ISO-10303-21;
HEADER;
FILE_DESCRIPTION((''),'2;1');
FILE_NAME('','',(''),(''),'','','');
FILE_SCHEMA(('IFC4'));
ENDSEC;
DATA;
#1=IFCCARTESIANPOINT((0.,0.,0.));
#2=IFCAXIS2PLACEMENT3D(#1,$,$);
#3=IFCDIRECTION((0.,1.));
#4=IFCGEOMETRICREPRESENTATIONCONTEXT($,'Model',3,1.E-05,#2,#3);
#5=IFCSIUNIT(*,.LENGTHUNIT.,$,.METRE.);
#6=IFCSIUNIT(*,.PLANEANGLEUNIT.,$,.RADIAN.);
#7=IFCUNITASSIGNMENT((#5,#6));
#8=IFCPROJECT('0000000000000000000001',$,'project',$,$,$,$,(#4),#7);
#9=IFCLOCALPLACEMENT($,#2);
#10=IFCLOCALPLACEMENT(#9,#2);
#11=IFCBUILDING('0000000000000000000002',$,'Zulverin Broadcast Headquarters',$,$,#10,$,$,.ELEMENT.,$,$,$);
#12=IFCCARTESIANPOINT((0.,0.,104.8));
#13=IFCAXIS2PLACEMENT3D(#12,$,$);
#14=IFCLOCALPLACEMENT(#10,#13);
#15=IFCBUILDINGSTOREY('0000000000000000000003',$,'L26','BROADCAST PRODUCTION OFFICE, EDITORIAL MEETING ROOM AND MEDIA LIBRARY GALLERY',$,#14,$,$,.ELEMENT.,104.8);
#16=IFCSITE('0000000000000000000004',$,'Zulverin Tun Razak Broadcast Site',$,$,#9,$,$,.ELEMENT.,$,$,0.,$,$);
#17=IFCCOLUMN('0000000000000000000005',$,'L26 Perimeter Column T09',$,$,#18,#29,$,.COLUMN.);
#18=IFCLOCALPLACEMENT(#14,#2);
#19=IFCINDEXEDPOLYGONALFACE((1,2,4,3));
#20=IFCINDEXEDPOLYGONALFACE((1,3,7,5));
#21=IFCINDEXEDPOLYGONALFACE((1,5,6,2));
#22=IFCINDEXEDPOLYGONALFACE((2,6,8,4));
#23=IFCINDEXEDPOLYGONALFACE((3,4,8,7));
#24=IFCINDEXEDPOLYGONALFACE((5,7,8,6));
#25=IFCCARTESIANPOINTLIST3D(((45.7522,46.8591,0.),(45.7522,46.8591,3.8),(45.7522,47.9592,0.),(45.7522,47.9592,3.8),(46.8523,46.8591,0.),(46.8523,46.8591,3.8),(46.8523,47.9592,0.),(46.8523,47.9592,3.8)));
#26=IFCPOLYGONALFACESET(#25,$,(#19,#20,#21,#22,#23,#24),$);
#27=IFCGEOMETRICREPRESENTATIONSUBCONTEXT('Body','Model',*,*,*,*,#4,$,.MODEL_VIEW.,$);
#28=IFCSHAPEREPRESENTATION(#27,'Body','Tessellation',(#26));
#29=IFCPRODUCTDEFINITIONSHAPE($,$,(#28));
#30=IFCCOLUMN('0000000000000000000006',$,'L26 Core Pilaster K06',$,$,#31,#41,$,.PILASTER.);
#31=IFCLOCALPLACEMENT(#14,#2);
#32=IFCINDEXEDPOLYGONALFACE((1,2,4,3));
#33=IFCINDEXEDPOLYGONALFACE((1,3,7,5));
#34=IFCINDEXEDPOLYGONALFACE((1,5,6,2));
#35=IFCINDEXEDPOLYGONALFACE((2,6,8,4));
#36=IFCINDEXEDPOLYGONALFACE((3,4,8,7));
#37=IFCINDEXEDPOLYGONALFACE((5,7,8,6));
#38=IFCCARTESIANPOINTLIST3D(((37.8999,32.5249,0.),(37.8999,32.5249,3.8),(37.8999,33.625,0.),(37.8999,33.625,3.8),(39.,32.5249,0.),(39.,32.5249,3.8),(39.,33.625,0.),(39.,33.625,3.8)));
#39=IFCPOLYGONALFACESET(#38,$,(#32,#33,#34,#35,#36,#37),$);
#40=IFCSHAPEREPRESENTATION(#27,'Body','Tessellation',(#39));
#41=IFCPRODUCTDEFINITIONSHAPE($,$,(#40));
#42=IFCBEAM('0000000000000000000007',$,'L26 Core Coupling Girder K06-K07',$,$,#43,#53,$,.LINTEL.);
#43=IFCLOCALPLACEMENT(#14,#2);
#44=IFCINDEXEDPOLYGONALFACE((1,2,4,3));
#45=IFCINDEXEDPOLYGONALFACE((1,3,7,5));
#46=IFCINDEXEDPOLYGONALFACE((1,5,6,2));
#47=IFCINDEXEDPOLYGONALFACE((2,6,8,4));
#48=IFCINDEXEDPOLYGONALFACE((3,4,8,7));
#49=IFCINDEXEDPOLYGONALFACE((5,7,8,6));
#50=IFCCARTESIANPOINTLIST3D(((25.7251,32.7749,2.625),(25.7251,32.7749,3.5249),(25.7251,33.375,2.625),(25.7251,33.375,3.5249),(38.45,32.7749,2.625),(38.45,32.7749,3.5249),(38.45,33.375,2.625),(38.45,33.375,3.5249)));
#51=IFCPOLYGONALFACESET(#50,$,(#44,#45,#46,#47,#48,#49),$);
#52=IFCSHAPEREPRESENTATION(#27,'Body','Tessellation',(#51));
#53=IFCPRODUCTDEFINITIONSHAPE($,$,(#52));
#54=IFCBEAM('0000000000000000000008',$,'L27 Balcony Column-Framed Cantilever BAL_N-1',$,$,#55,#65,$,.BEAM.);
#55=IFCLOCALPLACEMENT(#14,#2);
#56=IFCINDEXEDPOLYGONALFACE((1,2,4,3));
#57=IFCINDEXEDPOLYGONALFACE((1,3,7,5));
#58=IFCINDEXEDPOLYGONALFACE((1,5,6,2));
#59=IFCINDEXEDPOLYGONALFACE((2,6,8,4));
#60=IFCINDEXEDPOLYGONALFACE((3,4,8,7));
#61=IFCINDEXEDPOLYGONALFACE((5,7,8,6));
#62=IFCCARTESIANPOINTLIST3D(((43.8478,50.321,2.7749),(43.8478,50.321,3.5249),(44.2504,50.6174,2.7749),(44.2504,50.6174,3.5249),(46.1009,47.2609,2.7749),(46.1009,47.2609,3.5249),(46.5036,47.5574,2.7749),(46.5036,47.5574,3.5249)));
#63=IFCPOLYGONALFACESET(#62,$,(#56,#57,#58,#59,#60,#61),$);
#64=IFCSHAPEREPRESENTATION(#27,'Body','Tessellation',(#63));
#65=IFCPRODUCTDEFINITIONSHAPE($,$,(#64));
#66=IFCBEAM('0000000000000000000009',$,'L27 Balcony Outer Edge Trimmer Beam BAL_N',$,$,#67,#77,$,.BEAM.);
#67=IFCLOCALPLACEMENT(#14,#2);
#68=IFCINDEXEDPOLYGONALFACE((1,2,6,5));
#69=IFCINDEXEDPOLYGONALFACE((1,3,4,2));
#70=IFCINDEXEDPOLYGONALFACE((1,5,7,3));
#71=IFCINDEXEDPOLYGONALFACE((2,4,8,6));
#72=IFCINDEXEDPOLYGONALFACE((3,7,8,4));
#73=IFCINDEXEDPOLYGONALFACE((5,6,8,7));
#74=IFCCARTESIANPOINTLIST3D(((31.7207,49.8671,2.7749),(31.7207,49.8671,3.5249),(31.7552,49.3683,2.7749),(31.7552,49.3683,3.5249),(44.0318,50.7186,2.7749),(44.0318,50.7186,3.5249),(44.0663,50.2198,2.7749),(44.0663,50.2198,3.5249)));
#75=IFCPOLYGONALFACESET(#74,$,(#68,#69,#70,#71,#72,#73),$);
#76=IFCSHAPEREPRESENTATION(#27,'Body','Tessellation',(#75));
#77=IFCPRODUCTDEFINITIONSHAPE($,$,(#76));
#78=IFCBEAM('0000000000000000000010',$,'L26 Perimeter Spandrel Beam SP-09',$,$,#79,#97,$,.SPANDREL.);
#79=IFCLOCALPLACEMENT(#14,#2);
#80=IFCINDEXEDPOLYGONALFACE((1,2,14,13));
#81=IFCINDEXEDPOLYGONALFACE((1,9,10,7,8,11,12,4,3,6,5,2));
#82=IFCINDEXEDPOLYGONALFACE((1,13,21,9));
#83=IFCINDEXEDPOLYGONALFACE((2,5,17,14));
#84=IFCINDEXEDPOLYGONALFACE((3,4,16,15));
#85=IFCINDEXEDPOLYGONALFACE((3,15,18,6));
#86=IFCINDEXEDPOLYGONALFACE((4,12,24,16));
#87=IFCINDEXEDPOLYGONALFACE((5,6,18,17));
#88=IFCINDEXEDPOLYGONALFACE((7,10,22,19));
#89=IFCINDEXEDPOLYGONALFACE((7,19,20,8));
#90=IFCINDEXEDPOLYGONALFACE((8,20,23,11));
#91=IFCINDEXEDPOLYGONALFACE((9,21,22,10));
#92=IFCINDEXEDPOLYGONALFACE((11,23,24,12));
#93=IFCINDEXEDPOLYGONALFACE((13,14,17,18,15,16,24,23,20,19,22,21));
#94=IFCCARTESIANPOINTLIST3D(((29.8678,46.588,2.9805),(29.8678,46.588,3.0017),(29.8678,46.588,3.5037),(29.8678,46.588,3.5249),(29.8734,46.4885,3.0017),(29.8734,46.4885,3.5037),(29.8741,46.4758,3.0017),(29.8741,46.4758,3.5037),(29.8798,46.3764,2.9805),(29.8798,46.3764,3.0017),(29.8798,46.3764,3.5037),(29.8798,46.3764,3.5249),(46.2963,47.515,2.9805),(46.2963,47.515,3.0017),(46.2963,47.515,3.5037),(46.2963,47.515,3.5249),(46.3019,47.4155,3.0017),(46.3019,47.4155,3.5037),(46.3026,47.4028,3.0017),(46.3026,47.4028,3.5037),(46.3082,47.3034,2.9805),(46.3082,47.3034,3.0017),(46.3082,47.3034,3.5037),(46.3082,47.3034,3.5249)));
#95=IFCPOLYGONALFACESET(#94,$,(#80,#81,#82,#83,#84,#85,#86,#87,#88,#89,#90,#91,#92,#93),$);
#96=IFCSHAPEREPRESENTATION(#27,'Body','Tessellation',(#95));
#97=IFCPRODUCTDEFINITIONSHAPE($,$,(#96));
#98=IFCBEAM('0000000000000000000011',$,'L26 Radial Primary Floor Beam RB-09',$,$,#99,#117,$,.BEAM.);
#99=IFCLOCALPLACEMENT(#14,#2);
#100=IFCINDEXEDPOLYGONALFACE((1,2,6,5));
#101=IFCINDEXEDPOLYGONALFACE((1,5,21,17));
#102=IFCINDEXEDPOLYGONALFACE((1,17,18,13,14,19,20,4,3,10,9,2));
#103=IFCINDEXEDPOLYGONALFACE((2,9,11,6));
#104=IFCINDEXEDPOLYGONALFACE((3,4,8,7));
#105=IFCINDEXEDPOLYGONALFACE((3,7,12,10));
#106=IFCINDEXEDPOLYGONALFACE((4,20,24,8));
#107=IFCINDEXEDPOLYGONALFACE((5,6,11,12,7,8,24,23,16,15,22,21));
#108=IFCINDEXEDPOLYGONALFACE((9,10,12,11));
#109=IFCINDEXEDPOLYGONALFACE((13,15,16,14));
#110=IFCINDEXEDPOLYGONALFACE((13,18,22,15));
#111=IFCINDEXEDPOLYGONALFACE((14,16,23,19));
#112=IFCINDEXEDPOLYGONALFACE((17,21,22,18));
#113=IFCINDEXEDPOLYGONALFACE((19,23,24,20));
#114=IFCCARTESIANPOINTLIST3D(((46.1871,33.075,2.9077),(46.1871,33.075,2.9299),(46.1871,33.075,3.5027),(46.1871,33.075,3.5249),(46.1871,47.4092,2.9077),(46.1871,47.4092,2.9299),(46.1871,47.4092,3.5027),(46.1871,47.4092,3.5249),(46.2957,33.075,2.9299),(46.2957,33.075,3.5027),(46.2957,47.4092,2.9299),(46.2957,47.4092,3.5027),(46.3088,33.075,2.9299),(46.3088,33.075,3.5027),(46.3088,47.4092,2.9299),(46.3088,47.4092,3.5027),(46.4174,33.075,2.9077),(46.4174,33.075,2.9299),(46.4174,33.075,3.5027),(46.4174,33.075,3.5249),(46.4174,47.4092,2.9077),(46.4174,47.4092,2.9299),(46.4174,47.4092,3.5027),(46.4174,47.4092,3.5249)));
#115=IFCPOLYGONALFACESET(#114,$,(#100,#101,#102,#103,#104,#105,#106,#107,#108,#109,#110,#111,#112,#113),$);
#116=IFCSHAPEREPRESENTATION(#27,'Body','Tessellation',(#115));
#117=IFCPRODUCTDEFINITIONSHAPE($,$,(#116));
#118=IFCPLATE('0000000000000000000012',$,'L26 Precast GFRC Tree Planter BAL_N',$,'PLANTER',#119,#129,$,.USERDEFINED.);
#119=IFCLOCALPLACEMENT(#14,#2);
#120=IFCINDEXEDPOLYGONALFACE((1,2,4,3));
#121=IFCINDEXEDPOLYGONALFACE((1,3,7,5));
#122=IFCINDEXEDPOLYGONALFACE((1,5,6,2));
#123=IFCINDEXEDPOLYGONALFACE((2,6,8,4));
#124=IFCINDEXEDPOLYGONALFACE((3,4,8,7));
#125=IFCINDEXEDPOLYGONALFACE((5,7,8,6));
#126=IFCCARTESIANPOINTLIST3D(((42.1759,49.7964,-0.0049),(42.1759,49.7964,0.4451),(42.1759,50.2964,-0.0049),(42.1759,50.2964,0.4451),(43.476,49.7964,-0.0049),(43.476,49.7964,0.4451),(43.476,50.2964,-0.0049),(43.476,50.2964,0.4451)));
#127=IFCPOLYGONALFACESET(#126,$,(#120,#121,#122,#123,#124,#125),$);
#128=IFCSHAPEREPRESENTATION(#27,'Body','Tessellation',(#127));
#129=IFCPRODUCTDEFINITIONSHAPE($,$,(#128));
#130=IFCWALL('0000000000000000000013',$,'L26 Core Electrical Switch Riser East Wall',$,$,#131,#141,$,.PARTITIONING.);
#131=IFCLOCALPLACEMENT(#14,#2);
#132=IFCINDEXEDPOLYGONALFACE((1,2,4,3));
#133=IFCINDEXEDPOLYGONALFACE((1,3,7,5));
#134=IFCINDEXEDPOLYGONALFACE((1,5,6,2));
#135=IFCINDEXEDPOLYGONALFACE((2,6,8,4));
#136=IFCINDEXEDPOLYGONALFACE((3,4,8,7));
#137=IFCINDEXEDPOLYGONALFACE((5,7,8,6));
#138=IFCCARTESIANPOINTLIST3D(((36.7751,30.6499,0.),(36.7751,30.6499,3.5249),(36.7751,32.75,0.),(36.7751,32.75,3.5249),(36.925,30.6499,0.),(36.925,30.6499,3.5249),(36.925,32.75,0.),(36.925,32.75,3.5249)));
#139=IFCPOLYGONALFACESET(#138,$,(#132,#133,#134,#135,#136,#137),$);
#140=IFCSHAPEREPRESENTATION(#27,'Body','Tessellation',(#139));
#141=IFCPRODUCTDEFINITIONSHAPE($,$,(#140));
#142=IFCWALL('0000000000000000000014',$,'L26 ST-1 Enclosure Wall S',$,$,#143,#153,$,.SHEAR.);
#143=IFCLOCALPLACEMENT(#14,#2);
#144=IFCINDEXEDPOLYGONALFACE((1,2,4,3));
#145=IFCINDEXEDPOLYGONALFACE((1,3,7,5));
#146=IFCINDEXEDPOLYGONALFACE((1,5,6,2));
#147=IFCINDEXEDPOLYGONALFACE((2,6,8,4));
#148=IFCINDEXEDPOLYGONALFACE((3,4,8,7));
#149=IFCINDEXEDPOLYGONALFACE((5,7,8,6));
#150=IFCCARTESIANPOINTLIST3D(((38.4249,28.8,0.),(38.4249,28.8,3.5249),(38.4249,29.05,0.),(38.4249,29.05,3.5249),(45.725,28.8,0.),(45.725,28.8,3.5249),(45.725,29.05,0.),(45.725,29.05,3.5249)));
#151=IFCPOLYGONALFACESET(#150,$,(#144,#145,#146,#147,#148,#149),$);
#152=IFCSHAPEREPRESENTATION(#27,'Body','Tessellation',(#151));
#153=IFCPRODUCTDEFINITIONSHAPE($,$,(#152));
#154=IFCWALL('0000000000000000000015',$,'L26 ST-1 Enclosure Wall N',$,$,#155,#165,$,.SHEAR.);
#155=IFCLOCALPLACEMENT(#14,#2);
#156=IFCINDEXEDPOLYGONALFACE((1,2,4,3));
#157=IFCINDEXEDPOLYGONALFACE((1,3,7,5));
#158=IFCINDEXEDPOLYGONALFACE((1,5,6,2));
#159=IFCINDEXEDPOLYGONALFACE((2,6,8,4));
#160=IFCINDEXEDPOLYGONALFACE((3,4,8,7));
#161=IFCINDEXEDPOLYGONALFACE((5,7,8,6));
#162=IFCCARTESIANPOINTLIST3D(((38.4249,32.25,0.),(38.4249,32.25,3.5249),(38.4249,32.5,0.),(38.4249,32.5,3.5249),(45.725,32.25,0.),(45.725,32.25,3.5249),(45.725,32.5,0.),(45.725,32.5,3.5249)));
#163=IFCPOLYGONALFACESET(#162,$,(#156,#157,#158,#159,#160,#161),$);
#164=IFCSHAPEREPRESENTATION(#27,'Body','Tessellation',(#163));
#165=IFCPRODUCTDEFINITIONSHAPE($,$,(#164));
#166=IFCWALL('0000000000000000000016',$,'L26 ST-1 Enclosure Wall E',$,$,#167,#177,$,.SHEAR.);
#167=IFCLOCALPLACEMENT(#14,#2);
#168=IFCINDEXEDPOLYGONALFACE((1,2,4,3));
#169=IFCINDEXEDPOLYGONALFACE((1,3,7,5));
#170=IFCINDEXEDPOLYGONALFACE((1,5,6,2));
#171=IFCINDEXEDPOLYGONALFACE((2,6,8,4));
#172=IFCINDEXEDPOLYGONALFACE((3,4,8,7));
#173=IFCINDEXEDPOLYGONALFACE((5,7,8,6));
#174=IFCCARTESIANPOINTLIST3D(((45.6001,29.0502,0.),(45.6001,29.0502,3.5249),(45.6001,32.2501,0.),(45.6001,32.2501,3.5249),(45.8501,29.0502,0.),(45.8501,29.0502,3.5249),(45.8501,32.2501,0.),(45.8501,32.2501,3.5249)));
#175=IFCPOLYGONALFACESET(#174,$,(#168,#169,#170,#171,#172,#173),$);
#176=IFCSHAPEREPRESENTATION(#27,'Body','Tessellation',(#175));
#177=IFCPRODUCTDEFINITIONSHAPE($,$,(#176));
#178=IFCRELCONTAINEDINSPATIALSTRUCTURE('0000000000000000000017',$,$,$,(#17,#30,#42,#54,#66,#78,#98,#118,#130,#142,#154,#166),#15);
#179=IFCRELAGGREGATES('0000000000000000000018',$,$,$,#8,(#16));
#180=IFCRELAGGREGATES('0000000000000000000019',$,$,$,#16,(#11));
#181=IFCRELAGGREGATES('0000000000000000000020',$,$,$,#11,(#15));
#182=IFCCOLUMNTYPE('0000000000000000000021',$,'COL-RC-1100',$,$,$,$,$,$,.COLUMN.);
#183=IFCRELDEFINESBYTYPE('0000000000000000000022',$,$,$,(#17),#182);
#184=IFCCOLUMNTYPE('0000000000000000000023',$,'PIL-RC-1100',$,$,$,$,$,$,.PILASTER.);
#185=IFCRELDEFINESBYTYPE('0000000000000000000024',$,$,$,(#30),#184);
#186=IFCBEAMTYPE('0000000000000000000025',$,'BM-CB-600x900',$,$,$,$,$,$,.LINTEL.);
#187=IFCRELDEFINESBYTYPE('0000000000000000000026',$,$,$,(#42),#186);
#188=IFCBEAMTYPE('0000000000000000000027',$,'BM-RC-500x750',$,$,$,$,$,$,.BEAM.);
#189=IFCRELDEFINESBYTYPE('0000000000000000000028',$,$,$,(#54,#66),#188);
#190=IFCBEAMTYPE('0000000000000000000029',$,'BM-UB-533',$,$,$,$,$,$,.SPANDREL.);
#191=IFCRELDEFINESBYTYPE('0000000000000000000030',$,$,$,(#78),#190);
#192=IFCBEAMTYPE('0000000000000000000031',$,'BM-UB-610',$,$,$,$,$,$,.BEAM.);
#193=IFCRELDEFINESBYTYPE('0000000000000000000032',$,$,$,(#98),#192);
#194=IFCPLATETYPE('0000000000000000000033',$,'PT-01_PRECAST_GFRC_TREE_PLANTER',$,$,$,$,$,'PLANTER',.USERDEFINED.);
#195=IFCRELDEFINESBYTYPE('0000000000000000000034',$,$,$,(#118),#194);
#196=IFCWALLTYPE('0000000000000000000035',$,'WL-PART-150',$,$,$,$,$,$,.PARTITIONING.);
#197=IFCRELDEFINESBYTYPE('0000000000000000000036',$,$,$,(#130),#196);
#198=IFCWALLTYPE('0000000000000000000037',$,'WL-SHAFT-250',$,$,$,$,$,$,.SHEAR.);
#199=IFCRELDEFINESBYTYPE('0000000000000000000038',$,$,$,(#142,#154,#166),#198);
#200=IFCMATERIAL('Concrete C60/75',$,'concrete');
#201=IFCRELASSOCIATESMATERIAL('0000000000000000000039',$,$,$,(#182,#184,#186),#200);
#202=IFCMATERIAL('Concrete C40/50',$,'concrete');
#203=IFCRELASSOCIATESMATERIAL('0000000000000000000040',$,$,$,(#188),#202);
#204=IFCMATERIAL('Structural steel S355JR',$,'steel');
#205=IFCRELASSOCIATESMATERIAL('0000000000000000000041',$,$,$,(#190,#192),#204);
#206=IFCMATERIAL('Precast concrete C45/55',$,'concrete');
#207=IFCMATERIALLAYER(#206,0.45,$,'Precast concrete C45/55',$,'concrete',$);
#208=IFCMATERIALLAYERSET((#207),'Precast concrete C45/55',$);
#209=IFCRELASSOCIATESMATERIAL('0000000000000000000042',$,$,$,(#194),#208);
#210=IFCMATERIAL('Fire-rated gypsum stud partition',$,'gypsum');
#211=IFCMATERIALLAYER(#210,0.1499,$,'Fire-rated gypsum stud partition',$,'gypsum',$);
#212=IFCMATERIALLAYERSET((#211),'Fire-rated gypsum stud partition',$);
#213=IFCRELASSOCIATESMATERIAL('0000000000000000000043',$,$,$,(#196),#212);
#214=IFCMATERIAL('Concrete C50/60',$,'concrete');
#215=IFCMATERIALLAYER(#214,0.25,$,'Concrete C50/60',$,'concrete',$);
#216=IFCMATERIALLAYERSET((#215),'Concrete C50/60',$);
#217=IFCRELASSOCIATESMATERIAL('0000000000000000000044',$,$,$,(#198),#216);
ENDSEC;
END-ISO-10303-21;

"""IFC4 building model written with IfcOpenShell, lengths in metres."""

from ifc_helpers import new_model, si_unit, direction, frame, frame_2d, origin, origin_2d, place, context, subcontext, project, spatial, rectangle, i_section, extrude, material, layer, layer_set, material_profile, profile_set, type_object, element, save


model = new_model("IFC4")

# Units and contexts
model_context = context("Model", 3, precision=1e-05, world=origin(), true_north=direction((0.0, 1.0)))
body_context = subcontext(model_context, "Body", "Model", "MODEL_VIEW")
ifc_project = project(units=[si_unit("LENGTHUNIT", "METRE"), si_unit("PLANEANGLEUNIT", "RADIAN")], contexts=[model_context])

# Site, building, storey
site_placement = place(None, origin())
site = spatial("IfcSite", under=ifc_project, at=site_placement, Name="Zulverin Tun Razak Broadcast Site", CompositionType="ELEMENT", RefElevation=0.0)
building_placement = place(site_placement, origin())
building = spatial("IfcBuilding", under=site, at=building_placement, Name="Zulverin Broadcast Headquarters", CompositionType="ELEMENT")
storey_placement = place(building_placement, frame((0.0, 0.0, 104.8)))
storey = spatial("IfcBuildingStorey", under=building, at=storey_placement, Name="L26", Description="BROADCAST PRODUCTION OFFICE, EDITORIAL MEETING ROOM AND MEDIA LIBRARY GALLERY", CompositionType="ELEMENT", Elevation=104.8)

# Columns
ifc_material_1 = material(Name="Concrete C60/75", Category="concrete")
ifc_material_profile_1 = material_profile(ifc_material_1, rectangle(XDim=1.1001, YDim=1.1001, at=origin_2d()), Name="Concrete C60/75", Category="concrete")
ifc_profile_set_1 = profile_set([ifc_material_profile_1], Name="Concrete C60/75")
column_type_1 = type_object("IfcColumnType", Name="COL-RC-1100", PredefinedType="COLUMN", material=ifc_profile_set_1)
column_1_placement = place(storey_placement, frame((46.3022, 47.4092, 0.0), z_axis=(0.0, 0.0, 1.0), x_axis=(1.0, 0.0, 0.0)))
element("IfcColumn", 1, at=column_1_placement, inside=storey, type_object=column_type_1, Name="L26 Perimeter Column T09", PredefinedType="COLUMN", context=body_context, shape_type="SweptSolid", body=[
    extrude(rectangle(XDim=1.1001, YDim=1.1001, at=origin_2d()), origin(), (0.0, 0.0, 1.0), 3.8),
])
ifc_material_profile_2 = material_profile(ifc_material_1, rectangle(XDim=1.1001, YDim=1.1001, at=origin_2d()), Name="Concrete C60/75", Category="concrete")
ifc_profile_set_2 = profile_set([ifc_material_profile_2], Name="Concrete C60/75")
column_type_2 = type_object("IfcColumnType", Name="PIL-RC-1100", PredefinedType="PILASTER", material=ifc_profile_set_2)
column_2_placement = place(storey_placement, frame((38.45, 33.075, 0.0), z_axis=(0.0, 0.0, 1.0), x_axis=(1.0, 0.0, 0.0)))
element("IfcColumn", 2, at=column_2_placement, inside=storey, type_object=column_type_2, Name="L26 Core Pilaster K06", PredefinedType="PILASTER", context=body_context, shape_type="SweptSolid", body=[
    extrude(rectangle(XDim=1.1001, YDim=1.1001, at=origin_2d()), origin(), (0.0, 0.0, 1.0), 3.8),
])

# Beams
ifc_material_profile_3 = material_profile(ifc_material_1, rectangle(XDim=0.6001, YDim=0.8999, at=origin_2d()), Name="Concrete C60/75", Category="concrete")
ifc_profile_set_3 = profile_set([ifc_material_profile_3], Name="Concrete C60/75")
beam_type_1 = type_object("IfcBeamType", Name="BM-CB-600x900", PredefinedType="LINTEL", material=ifc_profile_set_3)
beam_1_placement = place(storey_placement, frame((38.45, 33.075, 3.075), z_axis=(-1.0, 0.0, 0.0), x_axis=(0.0, -1.0, 0.0)))
element("IfcBeam", 3, at=beam_1_placement, inside=storey, type_object=beam_type_1, Name="L26 Core Coupling Girder K06-K07", PredefinedType="LINTEL", context=body_context, shape_type="SweptSolid", body=[
    extrude(rectangle(XDim=0.6001, YDim=0.8999, at=origin_2d()), origin(), (0.0, 0.0, 1.0), 12.7249),
])
ifc_material_2 = material(Name="Concrete C40/50", Category="concrete")
ifc_material_profile_4 = material_profile(ifc_material_2, rectangle(XDim=0.5, YDim=0.75, at=origin_2d()), Name="Concrete C40/50", Category="concrete")
ifc_profile_set_4 = profile_set([ifc_material_profile_4], Name="Concrete C40/50")
beam_type_2 = type_object("IfcBeamType", Name="BM-RC-500x750", PredefinedType="BEAM", material=ifc_profile_set_4)
beam_2_placement = place(storey_placement, frame((46.3022, 47.4092, 3.1499), z_axis=(-0.592925, 0.805258, 0.0), x_axis=(-0.805258, -0.592925, 0.0)))
element("IfcBeam", 4, at=beam_2_placement, inside=storey, type_object=beam_type_2, Name="L27 Balcony Column-Framed Cantilever BAL_N-1", PredefinedType="BEAM", context=body_context, shape_type="SweptSolid", body=[
    extrude(rectangle(XDim=0.5, YDim=0.75, at=origin_2d()), origin(), (0.0, 0.0, 1.0), 3.8),
])
beam_3_placement = place(storey_placement, frame((44.0491, 50.4692, 3.1499), z_axis=(-0.997616, -0.069004, 0.0), x_axis=(0.069004, -0.997616, 0.0)))
element("IfcBeam", 5, at=beam_3_placement, inside=storey, type_object=beam_type_2, Name="L27 Balcony Outer Edge Trimmer Beam BAL_N", PredefinedType="BEAM", context=body_context, shape_type="SweptSolid", body=[
    extrude(rectangle(XDim=0.5, YDim=0.75, at=origin_2d()), origin(), (0.0, 0.0, 1.0), 12.3406),
])
ifc_material_3 = material(Name="Structural steel S355JR", Category="steel")
ifc_material_profile_5 = material_profile(ifc_material_3, i_section(OverallWidth=0.2119, OverallDepth=0.5444, WebThickness=0.0127, FlangeThickness=0.0212, at=origin_2d()), Name="Structural steel S355JR", Category="steel")
ifc_profile_set_5 = profile_set([ifc_material_profile_5], Name="Structural steel S355JR")
beam_type_3 = type_object("IfcBeamType", Name="BM-UB-533", PredefinedType="SPANDREL", material=ifc_profile_set_5)
beam_4_placement = place(storey_placement, frame((46.3022, 47.4092, 3.2527), z_axis=(-0.998412, -0.056337, 0.0), x_axis=(0.056337, -0.998412, 0.0)))
element("IfcBeam", 6, at=beam_4_placement, inside=storey, type_object=beam_type_3, Name="L26 Perimeter Spandrel Beam SP-09", PredefinedType="SPANDREL", context=body_context, shape_type="SweptSolid", body=[
    extrude(i_section(OverallWidth=0.2119, OverallDepth=0.5444, WebThickness=0.0127, FlangeThickness=0.0212, at=origin_2d()), origin(), (0.0, 0.0, 1.0), 16.4546),
])
ifc_material_profile_6 = material_profile(ifc_material_3, i_section(OverallWidth=0.2302, OverallDepth=0.6172, WebThickness=0.0132, FlangeThickness=0.0222, at=origin_2d()), Name="Structural steel S355JR", Category="steel")
ifc_profile_set_6 = profile_set([ifc_material_profile_6], Name="Structural steel S355JR")
beam_type_4 = type_object("IfcBeamType", Name="BM-UB-610", PredefinedType="BEAM", material=ifc_profile_set_6)
beam_5_placement = place(storey_placement, frame((46.3022, 33.075, 3.2163), z_axis=(0.0, 1.0, 0.0), x_axis=(-1.0, 0.0, 0.0)))
element("IfcBeam", 7, at=beam_5_placement, inside=storey, type_object=beam_type_4, Name="L26 Radial Primary Floor Beam RB-09", PredefinedType="BEAM", context=body_context, shape_type="SweptSolid", body=[
    extrude(i_section(OverallWidth=0.2302, OverallDepth=0.6172, WebThickness=0.0132, FlangeThickness=0.0222, at=origin_2d()), origin(), (0.0, 0.0, 1.0), 14.3342),
])

# Plate
ifc_material_4 = material(Name="Precast concrete C45/55", Category="concrete")
ifc_layer_1 = layer(ifc_material_4, 0.45, Name="Precast concrete C45/55", Category="concrete")
ifc_layer_set_1 = layer_set([ifc_layer_1], Name="Precast concrete C45/55")
plate_type = type_object("IfcPlateType", Name="PT-01_PRECAST_GFRC_TREE_PLANTER", ElementType="PLANTER", PredefinedType="USERDEFINED", material=ifc_layer_set_1)
plate_placement = place(storey_placement, frame((42.8259, 50.0464, -0.0049), z_axis=(0.0, 0.0, 1.0), x_axis=(1.0, 0.0, 0.0)))
element("IfcPlate", 8, at=plate_placement, inside=storey, type_object=plate_type, Name="L26 Precast GFRC Tree Planter BAL_N", ObjectType="PLANTER", PredefinedType="USERDEFINED", context=body_context, shape_type="SweptSolid", body=[
    extrude(rectangle(XDim=1.3, YDim=0.5, at=origin_2d()), origin(), (0.0, 0.0, 1.0), 0.45),
])

# Walls
ifc_material_5 = material(Name="Fire-rated gypsum stud partition", Category="gypsum")
ifc_layer_2 = layer(ifc_material_5, 0.1499, Name="Fire-rated gypsum stud partition", Category="gypsum")
ifc_layer_set_2 = layer_set([ifc_layer_2], Name="Fire-rated gypsum stud partition")
wall_type_1 = type_object("IfcWallType", Name="WL-PART-150", PredefinedType="PARTITIONING", material=ifc_layer_set_2)
wall_1_placement = place(storey_placement, frame((36.8501, 30.6499, 0.0), z_axis=(0.0, 0.0, 1.0), x_axis=(0.0, 1.0, 0.0)))
element("IfcWall", 9, at=wall_1_placement, inside=storey, type_object=wall_type_1, Name="L26 Core Electrical Switch Riser East Wall", PredefinedType="PARTITIONING", context=body_context, shape_type="SweptSolid", body=[
    extrude(rectangle(XDim=2.1001, YDim=0.1499, at=frame_2d((1.05, 0.0))), origin(), (0.0, 0.0, 1.0), 3.5249),
])
ifc_material_6 = material(Name="Concrete C50/60", Category="concrete")
ifc_layer_3 = layer(ifc_material_6, 0.25, Name="Concrete C50/60", Category="concrete")
ifc_layer_set_3 = layer_set([ifc_layer_3], Name="Concrete C50/60")
wall_type_2 = type_object("IfcWallType", Name="WL-SHAFT-250", PredefinedType="SHEAR", material=ifc_layer_set_3)
for number, where, z_axis, x_axis, name in (
    (10, (38.425, 28.925, 0.0), (0.0, 0.0, 1.0), (1.0, 0.0, 0.0), "L26 ST-1 Enclosure Wall S"),
    (11, (38.425, 32.375, 0.0), (0.0, 0.0, 1.0), (1.0, 0.0, 0.0), "L26 ST-1 Enclosure Wall N"),
):
    element("IfcWall", number, at=place(storey_placement, frame(where, z_axis=z_axis, x_axis=x_axis)), inside=storey, type_object=wall_type_2, Name=name, PredefinedType="SHEAR", context=body_context, shape_type="SweptSolid", body=[
        extrude(rectangle(XDim=7.3, YDim=0.25, at=frame_2d((3.6499, 0.0))), origin(), (0.0, 0.0, 1.0), 3.5249),
    ])

# Wall
wall_2_placement = place(storey_placement, frame((45.7251, 29.05, 0.0), z_axis=(0.0, 0.0, 1.0), x_axis=(0.0, 1.0, 0.0)))
element("IfcWall", 12, at=wall_2_placement, inside=storey, type_object=wall_type_2, Name="L26 ST-1 Enclosure Wall E", PredefinedType="SHEAR", context=body_context, shape_type="SweptSolid", body=[
    extrude(rectangle(XDim=3.2, YDim=0.25, at=frame_2d((1.6001, 0.0))), origin(), (0.0, 0.0, 1.0), 3.5249),
])

save(model, "model.ifc")
